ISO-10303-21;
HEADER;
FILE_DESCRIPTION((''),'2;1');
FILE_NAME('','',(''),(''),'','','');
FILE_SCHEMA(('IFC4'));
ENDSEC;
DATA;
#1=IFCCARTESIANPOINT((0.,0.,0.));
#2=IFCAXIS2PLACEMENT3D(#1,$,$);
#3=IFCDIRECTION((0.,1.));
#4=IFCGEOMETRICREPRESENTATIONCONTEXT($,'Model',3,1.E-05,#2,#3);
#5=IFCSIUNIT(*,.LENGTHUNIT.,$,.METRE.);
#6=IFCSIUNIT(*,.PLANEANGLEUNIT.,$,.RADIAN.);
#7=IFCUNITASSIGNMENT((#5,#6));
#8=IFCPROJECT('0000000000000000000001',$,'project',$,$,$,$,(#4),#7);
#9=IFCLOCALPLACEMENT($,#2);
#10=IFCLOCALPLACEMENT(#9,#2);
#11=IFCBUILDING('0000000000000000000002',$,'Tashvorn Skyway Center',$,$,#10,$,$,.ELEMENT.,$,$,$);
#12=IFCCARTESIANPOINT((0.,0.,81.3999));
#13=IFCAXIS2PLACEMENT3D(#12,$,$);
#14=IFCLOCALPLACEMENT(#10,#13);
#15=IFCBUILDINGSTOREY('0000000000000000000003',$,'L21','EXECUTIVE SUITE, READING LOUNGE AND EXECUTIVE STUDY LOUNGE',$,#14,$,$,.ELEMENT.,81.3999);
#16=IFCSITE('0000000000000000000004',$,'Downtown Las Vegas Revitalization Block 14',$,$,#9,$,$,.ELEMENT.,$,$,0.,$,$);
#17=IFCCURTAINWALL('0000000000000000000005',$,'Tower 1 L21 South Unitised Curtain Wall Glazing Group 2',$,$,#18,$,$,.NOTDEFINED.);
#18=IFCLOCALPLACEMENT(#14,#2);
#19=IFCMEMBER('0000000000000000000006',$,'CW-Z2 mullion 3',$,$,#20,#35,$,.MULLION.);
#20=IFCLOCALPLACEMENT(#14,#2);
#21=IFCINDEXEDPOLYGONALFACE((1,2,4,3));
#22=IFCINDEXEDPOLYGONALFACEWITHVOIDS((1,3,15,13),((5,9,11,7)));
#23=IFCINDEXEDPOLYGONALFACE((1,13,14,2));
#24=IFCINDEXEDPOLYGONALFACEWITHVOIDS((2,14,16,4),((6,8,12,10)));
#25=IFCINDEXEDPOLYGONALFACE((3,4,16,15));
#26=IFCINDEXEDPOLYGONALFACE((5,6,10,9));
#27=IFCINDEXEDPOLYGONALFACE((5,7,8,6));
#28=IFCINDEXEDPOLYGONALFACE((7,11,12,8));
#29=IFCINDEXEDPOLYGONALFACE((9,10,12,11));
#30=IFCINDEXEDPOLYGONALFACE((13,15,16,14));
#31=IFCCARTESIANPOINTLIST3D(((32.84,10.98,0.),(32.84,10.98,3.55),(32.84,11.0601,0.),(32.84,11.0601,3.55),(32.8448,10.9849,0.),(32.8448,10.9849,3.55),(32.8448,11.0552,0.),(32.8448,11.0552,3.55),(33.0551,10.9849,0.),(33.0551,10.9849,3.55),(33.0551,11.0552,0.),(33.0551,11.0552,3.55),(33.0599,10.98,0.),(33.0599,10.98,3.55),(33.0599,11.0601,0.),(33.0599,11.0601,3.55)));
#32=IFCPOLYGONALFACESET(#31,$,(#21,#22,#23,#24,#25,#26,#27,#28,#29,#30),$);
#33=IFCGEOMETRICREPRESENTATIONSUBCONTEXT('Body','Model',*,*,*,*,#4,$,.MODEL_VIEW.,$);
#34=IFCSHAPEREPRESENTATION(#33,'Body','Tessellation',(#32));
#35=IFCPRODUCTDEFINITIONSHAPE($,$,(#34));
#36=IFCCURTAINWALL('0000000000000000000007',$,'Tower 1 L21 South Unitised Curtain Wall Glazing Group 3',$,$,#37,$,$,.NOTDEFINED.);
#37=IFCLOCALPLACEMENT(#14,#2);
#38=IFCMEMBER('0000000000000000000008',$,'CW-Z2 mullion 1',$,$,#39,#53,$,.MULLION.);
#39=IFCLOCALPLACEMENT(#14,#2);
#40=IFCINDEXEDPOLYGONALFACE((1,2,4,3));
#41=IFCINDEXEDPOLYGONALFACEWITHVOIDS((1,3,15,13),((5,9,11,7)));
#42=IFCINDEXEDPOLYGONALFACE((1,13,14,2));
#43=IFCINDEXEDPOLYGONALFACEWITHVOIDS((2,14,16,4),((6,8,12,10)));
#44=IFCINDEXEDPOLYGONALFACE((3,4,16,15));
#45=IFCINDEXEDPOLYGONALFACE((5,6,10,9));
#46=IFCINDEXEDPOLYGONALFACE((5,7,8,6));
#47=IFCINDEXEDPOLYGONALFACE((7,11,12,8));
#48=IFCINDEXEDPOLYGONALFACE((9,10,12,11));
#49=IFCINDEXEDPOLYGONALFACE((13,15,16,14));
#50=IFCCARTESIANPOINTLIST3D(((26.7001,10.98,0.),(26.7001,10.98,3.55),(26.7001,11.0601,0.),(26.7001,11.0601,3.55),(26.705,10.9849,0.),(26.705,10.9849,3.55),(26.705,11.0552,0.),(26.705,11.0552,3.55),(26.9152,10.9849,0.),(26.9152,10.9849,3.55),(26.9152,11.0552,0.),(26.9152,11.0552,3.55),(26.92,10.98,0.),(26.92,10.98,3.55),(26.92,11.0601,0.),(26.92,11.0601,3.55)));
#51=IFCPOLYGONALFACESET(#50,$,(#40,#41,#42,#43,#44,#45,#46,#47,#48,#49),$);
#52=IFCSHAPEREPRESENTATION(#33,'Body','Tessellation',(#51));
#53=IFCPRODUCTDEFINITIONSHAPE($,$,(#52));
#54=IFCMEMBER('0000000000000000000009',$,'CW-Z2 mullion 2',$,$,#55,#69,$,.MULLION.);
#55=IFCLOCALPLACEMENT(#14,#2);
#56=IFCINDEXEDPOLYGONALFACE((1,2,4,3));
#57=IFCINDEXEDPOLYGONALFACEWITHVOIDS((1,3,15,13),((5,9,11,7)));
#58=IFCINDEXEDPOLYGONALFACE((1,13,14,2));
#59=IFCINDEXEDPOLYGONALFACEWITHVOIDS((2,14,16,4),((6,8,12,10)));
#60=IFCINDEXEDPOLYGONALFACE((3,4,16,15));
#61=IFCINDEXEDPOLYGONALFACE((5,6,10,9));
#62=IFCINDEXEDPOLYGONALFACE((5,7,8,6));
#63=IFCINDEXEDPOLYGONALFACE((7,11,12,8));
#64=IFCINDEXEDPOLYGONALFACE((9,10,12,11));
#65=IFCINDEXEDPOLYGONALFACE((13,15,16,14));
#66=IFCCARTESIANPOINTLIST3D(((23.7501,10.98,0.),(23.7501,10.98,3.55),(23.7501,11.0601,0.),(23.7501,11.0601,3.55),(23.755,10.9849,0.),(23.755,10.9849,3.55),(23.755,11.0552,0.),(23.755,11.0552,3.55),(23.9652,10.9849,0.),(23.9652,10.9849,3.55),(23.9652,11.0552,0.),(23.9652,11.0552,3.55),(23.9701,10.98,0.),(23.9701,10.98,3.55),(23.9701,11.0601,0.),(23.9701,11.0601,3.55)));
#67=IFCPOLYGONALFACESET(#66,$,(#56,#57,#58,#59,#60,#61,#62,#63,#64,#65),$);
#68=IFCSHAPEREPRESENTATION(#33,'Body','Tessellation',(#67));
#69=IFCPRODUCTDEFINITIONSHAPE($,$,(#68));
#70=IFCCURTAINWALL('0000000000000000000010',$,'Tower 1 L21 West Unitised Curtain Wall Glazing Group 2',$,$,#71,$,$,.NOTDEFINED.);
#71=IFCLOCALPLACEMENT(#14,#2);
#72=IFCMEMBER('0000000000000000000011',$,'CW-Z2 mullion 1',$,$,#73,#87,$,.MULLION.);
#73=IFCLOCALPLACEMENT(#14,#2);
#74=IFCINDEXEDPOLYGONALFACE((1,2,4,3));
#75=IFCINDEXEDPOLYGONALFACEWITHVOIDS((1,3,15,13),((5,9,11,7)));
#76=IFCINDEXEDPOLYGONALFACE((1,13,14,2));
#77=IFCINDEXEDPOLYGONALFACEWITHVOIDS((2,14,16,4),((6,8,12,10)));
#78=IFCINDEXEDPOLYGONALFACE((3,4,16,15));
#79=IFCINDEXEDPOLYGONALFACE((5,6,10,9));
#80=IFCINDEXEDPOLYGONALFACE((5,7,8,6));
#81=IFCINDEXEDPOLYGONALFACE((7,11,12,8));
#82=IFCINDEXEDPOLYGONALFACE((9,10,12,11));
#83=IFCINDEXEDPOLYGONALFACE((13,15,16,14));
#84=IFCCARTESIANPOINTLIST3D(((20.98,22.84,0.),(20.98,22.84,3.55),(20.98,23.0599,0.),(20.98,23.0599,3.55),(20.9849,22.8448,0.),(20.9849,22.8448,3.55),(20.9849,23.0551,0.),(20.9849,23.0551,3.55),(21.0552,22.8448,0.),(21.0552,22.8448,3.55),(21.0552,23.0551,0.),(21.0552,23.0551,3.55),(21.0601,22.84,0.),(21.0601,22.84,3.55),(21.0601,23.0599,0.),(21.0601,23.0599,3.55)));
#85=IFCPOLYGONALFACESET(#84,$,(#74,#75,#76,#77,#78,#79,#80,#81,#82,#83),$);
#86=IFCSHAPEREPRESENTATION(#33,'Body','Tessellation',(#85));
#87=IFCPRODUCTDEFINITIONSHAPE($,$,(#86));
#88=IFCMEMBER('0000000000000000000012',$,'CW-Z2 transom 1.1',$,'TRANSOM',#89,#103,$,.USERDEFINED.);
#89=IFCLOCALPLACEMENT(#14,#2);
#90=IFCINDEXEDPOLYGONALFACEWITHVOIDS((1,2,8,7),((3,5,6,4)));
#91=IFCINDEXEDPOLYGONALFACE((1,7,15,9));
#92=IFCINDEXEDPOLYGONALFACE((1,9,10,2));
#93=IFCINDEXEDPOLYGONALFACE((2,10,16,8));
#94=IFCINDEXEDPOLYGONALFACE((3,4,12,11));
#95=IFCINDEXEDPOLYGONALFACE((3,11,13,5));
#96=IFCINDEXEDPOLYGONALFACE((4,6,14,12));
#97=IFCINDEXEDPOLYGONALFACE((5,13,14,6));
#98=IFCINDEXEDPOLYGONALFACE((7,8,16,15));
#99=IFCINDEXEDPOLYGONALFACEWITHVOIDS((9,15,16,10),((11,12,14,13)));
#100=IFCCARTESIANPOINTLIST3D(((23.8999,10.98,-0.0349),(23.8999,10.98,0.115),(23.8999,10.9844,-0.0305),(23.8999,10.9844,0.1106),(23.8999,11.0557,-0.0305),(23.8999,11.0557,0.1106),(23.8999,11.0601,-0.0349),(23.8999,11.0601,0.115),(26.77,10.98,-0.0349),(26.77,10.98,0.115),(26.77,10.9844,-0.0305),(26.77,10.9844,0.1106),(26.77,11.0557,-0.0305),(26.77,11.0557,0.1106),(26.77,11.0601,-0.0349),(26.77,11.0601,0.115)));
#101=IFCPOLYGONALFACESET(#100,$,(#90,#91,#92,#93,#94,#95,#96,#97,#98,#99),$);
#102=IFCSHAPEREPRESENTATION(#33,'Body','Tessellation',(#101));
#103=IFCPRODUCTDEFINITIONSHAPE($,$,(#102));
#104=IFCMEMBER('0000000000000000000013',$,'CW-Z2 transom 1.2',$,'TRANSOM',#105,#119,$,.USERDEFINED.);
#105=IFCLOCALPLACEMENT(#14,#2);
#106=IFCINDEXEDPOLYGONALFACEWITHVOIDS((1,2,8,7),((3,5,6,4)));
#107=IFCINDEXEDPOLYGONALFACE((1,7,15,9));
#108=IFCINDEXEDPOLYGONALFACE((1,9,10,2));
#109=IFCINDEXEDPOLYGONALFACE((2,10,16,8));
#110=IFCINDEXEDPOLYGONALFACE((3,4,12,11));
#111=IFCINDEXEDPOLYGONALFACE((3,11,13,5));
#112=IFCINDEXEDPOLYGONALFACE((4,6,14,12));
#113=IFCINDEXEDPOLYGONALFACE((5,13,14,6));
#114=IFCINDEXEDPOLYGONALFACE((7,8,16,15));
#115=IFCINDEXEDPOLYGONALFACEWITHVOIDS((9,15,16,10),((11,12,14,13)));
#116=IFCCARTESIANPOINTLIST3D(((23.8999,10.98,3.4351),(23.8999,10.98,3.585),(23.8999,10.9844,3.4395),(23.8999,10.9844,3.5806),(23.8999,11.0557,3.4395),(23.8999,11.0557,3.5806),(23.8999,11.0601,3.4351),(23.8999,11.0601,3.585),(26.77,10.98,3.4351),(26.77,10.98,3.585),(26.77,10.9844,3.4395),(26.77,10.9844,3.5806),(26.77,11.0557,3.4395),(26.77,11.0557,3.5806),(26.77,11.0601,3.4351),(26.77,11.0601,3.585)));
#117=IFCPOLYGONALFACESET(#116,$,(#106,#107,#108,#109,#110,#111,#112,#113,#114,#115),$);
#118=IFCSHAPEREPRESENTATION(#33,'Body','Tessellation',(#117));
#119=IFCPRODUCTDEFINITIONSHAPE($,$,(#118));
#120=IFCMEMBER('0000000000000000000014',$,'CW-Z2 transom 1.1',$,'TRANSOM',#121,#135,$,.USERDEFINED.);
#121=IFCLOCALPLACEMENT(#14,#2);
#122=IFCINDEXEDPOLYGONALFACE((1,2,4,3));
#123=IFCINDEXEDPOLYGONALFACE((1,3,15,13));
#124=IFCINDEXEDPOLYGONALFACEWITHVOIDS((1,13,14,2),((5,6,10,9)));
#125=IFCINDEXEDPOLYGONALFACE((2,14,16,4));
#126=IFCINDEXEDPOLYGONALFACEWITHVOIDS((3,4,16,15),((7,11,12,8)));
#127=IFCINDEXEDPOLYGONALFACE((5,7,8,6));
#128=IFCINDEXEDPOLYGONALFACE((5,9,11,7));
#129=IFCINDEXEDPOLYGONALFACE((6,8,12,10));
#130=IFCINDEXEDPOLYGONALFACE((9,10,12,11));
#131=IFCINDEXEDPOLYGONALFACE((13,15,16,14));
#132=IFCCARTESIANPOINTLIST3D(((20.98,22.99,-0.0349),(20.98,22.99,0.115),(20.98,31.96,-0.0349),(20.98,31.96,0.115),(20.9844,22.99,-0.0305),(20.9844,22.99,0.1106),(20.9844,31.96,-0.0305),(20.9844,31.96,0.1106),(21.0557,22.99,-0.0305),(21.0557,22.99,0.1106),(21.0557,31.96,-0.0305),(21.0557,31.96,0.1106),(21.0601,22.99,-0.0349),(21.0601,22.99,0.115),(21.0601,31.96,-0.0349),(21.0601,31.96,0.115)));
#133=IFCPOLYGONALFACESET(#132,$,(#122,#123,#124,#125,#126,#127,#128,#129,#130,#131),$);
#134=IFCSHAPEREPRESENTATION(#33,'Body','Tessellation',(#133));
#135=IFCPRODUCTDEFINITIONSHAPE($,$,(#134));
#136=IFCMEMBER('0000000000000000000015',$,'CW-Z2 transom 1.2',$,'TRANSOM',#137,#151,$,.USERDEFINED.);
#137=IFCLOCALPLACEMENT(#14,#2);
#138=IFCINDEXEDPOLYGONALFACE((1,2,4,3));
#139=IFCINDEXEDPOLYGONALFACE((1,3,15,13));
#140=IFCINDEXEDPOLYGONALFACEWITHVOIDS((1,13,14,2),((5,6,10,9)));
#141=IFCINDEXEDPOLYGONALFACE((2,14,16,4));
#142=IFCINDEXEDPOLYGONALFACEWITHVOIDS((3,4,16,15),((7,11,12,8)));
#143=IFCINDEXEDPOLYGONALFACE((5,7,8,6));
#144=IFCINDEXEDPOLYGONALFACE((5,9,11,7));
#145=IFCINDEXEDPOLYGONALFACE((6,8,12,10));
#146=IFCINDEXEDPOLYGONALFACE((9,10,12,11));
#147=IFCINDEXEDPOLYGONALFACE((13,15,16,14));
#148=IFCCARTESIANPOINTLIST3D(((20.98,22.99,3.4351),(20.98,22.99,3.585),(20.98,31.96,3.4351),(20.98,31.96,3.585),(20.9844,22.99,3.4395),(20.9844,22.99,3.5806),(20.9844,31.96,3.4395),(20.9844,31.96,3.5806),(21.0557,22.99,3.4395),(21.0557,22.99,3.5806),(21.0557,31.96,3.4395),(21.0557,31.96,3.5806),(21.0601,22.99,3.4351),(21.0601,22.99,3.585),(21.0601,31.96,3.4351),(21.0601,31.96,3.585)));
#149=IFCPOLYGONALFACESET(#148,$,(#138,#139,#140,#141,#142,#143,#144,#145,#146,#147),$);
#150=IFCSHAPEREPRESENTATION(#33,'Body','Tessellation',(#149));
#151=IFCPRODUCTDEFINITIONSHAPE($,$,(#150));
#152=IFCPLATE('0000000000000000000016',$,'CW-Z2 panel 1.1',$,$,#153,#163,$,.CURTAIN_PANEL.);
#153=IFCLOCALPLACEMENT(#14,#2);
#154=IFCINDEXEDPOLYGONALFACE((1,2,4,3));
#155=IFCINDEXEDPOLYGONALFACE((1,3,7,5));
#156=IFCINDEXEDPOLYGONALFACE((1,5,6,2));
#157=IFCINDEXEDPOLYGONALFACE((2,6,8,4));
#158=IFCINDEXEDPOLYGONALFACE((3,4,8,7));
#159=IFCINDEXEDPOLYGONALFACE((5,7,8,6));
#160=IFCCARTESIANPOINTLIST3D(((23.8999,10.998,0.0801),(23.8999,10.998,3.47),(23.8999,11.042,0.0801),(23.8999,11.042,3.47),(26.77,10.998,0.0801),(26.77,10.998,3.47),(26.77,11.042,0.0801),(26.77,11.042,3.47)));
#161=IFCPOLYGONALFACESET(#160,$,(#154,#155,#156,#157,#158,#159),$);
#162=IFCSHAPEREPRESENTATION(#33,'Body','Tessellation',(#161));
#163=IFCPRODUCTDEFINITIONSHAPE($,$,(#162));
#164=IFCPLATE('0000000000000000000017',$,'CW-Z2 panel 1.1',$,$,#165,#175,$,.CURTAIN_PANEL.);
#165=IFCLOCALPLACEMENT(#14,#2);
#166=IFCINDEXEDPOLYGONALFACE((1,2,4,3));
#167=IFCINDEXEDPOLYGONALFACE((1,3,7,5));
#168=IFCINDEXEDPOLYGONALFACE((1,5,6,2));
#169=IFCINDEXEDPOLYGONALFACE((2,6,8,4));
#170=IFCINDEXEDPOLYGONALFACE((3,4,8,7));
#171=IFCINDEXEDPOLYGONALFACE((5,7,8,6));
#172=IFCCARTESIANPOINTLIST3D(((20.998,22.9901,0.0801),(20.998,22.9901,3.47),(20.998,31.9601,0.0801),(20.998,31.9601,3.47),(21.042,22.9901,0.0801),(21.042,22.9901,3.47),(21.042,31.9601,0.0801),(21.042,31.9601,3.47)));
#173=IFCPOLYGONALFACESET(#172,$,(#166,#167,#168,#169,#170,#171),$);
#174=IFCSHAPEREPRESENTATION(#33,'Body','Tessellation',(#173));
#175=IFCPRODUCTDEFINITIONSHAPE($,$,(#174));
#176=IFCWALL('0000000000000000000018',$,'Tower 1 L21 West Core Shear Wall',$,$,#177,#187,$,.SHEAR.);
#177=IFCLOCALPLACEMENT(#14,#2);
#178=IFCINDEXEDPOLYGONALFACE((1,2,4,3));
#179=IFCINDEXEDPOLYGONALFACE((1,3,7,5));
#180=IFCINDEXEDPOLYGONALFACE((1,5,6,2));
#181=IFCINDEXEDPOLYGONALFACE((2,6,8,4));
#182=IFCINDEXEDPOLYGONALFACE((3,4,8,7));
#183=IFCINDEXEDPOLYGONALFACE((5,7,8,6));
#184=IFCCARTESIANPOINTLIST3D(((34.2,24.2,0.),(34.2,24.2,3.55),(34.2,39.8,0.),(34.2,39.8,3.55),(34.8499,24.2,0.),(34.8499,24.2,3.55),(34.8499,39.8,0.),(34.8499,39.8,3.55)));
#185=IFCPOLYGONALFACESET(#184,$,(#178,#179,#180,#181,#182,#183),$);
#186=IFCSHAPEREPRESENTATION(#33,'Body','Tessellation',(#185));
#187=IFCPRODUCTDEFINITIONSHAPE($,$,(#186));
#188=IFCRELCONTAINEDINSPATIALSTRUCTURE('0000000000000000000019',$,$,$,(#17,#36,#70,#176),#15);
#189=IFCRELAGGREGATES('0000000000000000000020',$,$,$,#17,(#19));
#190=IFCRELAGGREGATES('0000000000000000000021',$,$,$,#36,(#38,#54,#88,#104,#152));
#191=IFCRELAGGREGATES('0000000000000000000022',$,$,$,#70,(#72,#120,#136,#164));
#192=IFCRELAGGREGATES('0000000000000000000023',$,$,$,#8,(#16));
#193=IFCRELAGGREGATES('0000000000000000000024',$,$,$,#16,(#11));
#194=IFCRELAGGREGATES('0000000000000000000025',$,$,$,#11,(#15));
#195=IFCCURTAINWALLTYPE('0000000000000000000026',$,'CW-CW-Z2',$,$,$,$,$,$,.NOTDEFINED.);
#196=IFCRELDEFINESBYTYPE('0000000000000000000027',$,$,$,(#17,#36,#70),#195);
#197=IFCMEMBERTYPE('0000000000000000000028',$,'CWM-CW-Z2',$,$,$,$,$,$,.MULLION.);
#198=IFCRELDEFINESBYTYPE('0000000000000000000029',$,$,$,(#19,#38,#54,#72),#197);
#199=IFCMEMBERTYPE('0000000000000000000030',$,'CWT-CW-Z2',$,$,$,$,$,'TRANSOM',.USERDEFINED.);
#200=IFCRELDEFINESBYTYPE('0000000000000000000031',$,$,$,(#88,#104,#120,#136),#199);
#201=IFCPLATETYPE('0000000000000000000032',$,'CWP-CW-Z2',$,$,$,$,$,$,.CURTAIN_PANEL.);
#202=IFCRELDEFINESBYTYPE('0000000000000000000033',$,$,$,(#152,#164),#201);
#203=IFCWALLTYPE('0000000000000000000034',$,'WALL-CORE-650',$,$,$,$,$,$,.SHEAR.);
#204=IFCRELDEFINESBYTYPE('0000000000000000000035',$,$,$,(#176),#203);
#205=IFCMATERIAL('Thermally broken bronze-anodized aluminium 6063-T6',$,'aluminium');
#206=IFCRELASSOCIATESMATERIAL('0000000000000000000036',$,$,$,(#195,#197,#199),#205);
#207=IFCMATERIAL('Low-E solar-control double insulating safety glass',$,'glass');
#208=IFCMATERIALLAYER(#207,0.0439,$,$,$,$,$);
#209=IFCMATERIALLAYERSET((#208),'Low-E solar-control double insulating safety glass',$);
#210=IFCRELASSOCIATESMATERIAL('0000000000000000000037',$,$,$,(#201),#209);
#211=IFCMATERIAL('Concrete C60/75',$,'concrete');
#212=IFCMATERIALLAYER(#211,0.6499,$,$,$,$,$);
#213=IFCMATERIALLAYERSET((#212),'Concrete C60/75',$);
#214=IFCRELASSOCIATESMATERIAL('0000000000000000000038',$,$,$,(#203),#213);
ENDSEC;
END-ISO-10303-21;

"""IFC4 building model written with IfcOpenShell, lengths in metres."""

from ifc_helpers import new_model, si_unit, direction, frame, frame_2d, origin, origin_2d, place, context, subcontext, project, spatial, rectangle, hollow_rectangle, extrude, material, layer, layer_set, material_profile, profile_set, type_object, element, aggregate, save


model = new_model("IFC4")

# Units and contexts
model_context = context("Model", 3, precision=1e-05, world=origin(), true_north=direction((0.0, 1.0)))
body_context = subcontext(model_context, "Body", "Model", "MODEL_VIEW")
ifc_project = project(units=[si_unit("LENGTHUNIT", "METRE"), si_unit("PLANEANGLEUNIT", "RADIAN")], contexts=[model_context])

# Site, building, storey
site_placement = place(None, origin())
site = spatial("IfcSite", under=ifc_project, at=site_placement, Name="Downtown Las Vegas Revitalization Block 14", CompositionType="ELEMENT", RefElevation=0.0)
building_placement = place(site_placement, origin())
building = spatial("IfcBuilding", under=site, at=building_placement, Name="Tashvorn Skyway Center", CompositionType="ELEMENT")
storey_placement = place(building_placement, frame((0.0, 0.0, 81.3999)))
storey = spatial("IfcBuildingStorey", under=building, at=storey_placement, Name="L21", Description="EXECUTIVE SUITE, READING LOUNGE AND EXECUTIVE STUDY LOUNGE", CompositionType="ELEMENT", Elevation=81.3999)

# Curtain wall, member
ifc_material_1 = material(Name="Thermally broken bronze-anodized aluminium 6063-T6", Category="aluminium")
curtain_wall_type = type_object("IfcCurtainWallType", Name="CW-CW-Z2", PredefinedType="NOTDEFINED", material=ifc_material_1)
curtain_wall_1_placement = place(storey_placement, origin())
curtain_wall_1 = element("IfcCurtainWall", 1, at=curtain_wall_1_placement, inside=storey, type_object=curtain_wall_type, Name="Tower 1 L21 South Unitised Curtain Wall Glazing Group 2", PredefinedType="NOTDEFINED")
ifc_material_profile_1 = material_profile(ifc_material_1, hollow_rectangle(XDim=0.0801, YDim=0.22, WallThickness=0.0049, at=origin_2d()), Name="ALU-MULL-80x220")
ifc_profile_set_1 = profile_set([ifc_material_profile_1], Name="Thermally broken bronze-anodized aluminium 6063-T6")
member_type_1 = type_object("IfcMemberType", Name="CWM-CW-Z2", PredefinedType="MULLION", material=ifc_profile_set_1)
member_1_placement = place(storey_placement, frame((32.95, 11.02, 0.0), z_axis=(0.0, 0.0, 1.0), x_axis=(0.0, -1.0, 0.0)))
member_1 = element("IfcMember", 2, at=member_1_placement, type_object=member_type_1, Name="CW-Z2 mullion 3", PredefinedType="MULLION", context=body_context, shape_type="SweptSolid", body=[
    extrude(hollow_rectangle(XDim=0.0801, YDim=0.22, WallThickness=0.0049, at=origin_2d()), origin(), (0.0, 0.0, 1.0), 3.55),
])
aggregate(curtain_wall_1, [member_1])

# Curtain wall, members
curtain_wall_2_placement = place(storey_placement, origin())
curtain_wall_2 = element("IfcCurtainWall", 3, at=curtain_wall_2_placement, inside=storey, type_object=curtain_wall_type, Name="Tower 1 L21 South Unitised Curtain Wall Glazing Group 3", PredefinedType="NOTDEFINED")
member_2_placement = place(storey_placement, frame((26.8101, 11.02, 0.0), z_axis=(0.0, 0.0, 1.0), x_axis=(0.0, -1.0, 0.0)))
member_2 = element("IfcMember", 4, at=member_2_placement, type_object=member_type_1, Name="CW-Z2 mullion 1", PredefinedType="MULLION", context=body_context, shape_type="SweptSolid", body=[
    extrude(hollow_rectangle(XDim=0.0801, YDim=0.22, WallThickness=0.0049, at=origin_2d()), origin(), (0.0, 0.0, 1.0), 3.55),
])
member_3_placement = place(storey_placement, frame((23.8601, 11.02, 0.0), z_axis=(0.0, 0.0, 1.0), x_axis=(0.0, -1.0, 0.0)))
member_3 = element("IfcMember", 5, at=member_3_placement, type_object=member_type_1, Name="CW-Z2 mullion 2", PredefinedType="MULLION", context=body_context, shape_type="SweptSolid", body=[
    extrude(hollow_rectangle(XDim=0.0801, YDim=0.22, WallThickness=0.0049, at=origin_2d()), origin(), (0.0, 0.0, 1.0), 3.55),
])

# Curtain wall, member
curtain_wall_3_placement = place(storey_placement, origin())
curtain_wall_3 = element("IfcCurtainWall", 6, at=curtain_wall_3_placement, inside=storey, type_object=curtain_wall_type, Name="Tower 1 L21 West Unitised Curtain Wall Glazing Group 2", PredefinedType="NOTDEFINED")
member_4_placement = place(storey_placement, frame((21.02, 22.95, 0.0), z_axis=(0.0, 0.0, 1.0), x_axis=(-1.0, 0.0, 0.0)))
member_4 = element("IfcMember", 7, at=member_4_placement, type_object=member_type_1, Name="CW-Z2 mullion 1", PredefinedType="MULLION", context=body_context, shape_type="SweptSolid", body=[
    extrude(hollow_rectangle(XDim=0.0801, YDim=0.22, WallThickness=0.0049, at=origin_2d()), origin(), (0.0, 0.0, 1.0), 3.55),
])

# Members
ifc_material_profile_2 = material_profile(ifc_material_1, hollow_rectangle(XDim=0.0801, YDim=0.1499, WallThickness=0.0044, at=origin_2d()), Name="ALU-TRAN-80x150")
ifc_profile_set_2 = profile_set([ifc_material_profile_2], Name="Thermally broken bronze-anodized aluminium 6063-T6")
member_type_2 = type_object("IfcMemberType", Name="CWT-CW-Z2", ElementType="TRANSOM", PredefinedType="USERDEFINED", material=ifc_profile_set_2)
member_5_placement = place(storey_placement, frame((26.77, 11.02, 0.04), z_axis=(-1.0, 0.0, 0.0), x_axis=(0.0, -1.0, 0.0)))
member_5 = element("IfcMember", 8, at=member_5_placement, type_object=member_type_2, Name="CW-Z2 transom 1.1", ObjectType="TRANSOM", PredefinedType="USERDEFINED", context=body_context, shape_type="SweptSolid", body=[
    extrude(hollow_rectangle(XDim=0.0801, YDim=0.1499, WallThickness=0.0044, at=origin_2d()), origin(), (0.0, 0.0, 1.0), 2.8701),
])
member_6_placement = place(storey_placement, frame((26.77, 11.02, 3.51), z_axis=(-1.0, 0.0, 0.0), x_axis=(0.0, -1.0, 0.0)))
member_6 = element("IfcMember", 9, at=member_6_placement, type_object=member_type_2, Name="CW-Z2 transom 1.2", ObjectType="TRANSOM", PredefinedType="USERDEFINED", context=body_context, shape_type="SweptSolid", body=[
    extrude(hollow_rectangle(XDim=0.0801, YDim=0.1499, WallThickness=0.0044, at=origin_2d()), origin(), (0.0, 0.0, 1.0), 2.8701),
])
member_7_placement = place(storey_placement, frame((21.02, 22.99, 0.04), z_axis=(0.0, 1.0, 0.0), x_axis=(-1.0, 0.0, 0.0)))
member_7 = element("IfcMember", 10, at=member_7_placement, type_object=member_type_2, Name="CW-Z2 transom 1.1", ObjectType="TRANSOM", PredefinedType="USERDEFINED", context=body_context, shape_type="SweptSolid", body=[
    extrude(hollow_rectangle(XDim=0.0801, YDim=0.1499, WallThickness=0.0044, at=origin_2d()), origin(), (0.0, 0.0, 1.0), 8.97),
])
member_8_placement = place(storey_placement, frame((21.02, 22.99, 3.51), z_axis=(0.0, 1.0, 0.0), x_axis=(-1.0, 0.0, 0.0)))
member_8 = element("IfcMember", 11, at=member_8_placement, type_object=member_type_2, Name="CW-Z2 transom 1.2", ObjectType="TRANSOM", PredefinedType="USERDEFINED", context=body_context, shape_type="SweptSolid", body=[
    extrude(hollow_rectangle(XDim=0.0801, YDim=0.1499, WallThickness=0.0044, at=origin_2d()), origin(), (0.0, 0.0, 1.0), 8.97),
])

# Plates
ifc_material_2 = material(Name="Low-E solar-control double insulating safety glass", Category="glass")
ifc_layer_1 = layer(ifc_material_2, 0.0439)
ifc_layer_set_1 = layer_set([ifc_layer_1], Name="Low-E solar-control double insulating safety glass")
plate_type = type_object("IfcPlateType", Name="CWP-CW-Z2", PredefinedType="CURTAIN_PANEL", material=ifc_layer_set_1)
plate_1_placement = place(storey_placement, frame((25.335, 11.02, 0.0801), z_axis=(0.0, 0.0, 1.0), x_axis=(-1.0, 0.0, 0.0)))
plate_1 = element("IfcPlate", 12, at=plate_1_placement, type_object=plate_type, Name="CW-Z2 panel 1.1", PredefinedType="CURTAIN_PANEL", context=body_context, shape_type="SweptSolid", body=[
    extrude(rectangle(XDim=2.8701, YDim=0.0439, at=origin_2d()), origin(), (0.0, 0.0, 1.0), 3.3899),
])
aggregate(curtain_wall_2, [member_2, member_3, member_5, member_6, plate_1])
plate_2_placement = place(storey_placement, frame((21.02, 27.4751, 0.0801), z_axis=(0.0, 0.0, 1.0), x_axis=(0.0, 1.0, 0.0)))
plate_2 = element("IfcPlate", 13, at=plate_2_placement, type_object=plate_type, Name="CW-Z2 panel 1.1", PredefinedType="CURTAIN_PANEL", context=body_context, shape_type="SweptSolid", body=[
    extrude(rectangle(XDim=8.97, YDim=0.0439, at=origin_2d()), origin(), (0.0, 0.0, 1.0), 3.3899),
])
aggregate(curtain_wall_3, [member_4, member_7, member_8, plate_2])

# Wall
ifc_material_3 = material(Name="Concrete C60/75", Category="concrete")
ifc_layer_2 = layer(ifc_material_3, 0.6499)
ifc_layer_set_2 = layer_set([ifc_layer_2], Name="Concrete C60/75")
wall_type_1 = type_object("IfcWallType", Name="WALL-CORE-650", PredefinedType="SHEAR", material=ifc_layer_set_2)
wall_1_placement = place(storey_placement, frame((34.5249, 24.2, 0.0), z_axis=(0.0, 0.0, 1.0), x_axis=(0.0, 1.0, 0.0)))
element("IfcWall", 14, at=wall_1_placement, inside=storey, type_object=wall_type_1, Name="Tower 1 L21 West Core Shear Wall", PredefinedType="SHEAR", context=body_context, shape_type="SweptSolid", body=[
    extrude(rectangle(XDim=15.6001, YDim=0.6499, at=frame_2d((7.8, 0.0))), origin(), (0.0, 0.0, 1.0), 3.55),
])

save(model, "model.ifc")
